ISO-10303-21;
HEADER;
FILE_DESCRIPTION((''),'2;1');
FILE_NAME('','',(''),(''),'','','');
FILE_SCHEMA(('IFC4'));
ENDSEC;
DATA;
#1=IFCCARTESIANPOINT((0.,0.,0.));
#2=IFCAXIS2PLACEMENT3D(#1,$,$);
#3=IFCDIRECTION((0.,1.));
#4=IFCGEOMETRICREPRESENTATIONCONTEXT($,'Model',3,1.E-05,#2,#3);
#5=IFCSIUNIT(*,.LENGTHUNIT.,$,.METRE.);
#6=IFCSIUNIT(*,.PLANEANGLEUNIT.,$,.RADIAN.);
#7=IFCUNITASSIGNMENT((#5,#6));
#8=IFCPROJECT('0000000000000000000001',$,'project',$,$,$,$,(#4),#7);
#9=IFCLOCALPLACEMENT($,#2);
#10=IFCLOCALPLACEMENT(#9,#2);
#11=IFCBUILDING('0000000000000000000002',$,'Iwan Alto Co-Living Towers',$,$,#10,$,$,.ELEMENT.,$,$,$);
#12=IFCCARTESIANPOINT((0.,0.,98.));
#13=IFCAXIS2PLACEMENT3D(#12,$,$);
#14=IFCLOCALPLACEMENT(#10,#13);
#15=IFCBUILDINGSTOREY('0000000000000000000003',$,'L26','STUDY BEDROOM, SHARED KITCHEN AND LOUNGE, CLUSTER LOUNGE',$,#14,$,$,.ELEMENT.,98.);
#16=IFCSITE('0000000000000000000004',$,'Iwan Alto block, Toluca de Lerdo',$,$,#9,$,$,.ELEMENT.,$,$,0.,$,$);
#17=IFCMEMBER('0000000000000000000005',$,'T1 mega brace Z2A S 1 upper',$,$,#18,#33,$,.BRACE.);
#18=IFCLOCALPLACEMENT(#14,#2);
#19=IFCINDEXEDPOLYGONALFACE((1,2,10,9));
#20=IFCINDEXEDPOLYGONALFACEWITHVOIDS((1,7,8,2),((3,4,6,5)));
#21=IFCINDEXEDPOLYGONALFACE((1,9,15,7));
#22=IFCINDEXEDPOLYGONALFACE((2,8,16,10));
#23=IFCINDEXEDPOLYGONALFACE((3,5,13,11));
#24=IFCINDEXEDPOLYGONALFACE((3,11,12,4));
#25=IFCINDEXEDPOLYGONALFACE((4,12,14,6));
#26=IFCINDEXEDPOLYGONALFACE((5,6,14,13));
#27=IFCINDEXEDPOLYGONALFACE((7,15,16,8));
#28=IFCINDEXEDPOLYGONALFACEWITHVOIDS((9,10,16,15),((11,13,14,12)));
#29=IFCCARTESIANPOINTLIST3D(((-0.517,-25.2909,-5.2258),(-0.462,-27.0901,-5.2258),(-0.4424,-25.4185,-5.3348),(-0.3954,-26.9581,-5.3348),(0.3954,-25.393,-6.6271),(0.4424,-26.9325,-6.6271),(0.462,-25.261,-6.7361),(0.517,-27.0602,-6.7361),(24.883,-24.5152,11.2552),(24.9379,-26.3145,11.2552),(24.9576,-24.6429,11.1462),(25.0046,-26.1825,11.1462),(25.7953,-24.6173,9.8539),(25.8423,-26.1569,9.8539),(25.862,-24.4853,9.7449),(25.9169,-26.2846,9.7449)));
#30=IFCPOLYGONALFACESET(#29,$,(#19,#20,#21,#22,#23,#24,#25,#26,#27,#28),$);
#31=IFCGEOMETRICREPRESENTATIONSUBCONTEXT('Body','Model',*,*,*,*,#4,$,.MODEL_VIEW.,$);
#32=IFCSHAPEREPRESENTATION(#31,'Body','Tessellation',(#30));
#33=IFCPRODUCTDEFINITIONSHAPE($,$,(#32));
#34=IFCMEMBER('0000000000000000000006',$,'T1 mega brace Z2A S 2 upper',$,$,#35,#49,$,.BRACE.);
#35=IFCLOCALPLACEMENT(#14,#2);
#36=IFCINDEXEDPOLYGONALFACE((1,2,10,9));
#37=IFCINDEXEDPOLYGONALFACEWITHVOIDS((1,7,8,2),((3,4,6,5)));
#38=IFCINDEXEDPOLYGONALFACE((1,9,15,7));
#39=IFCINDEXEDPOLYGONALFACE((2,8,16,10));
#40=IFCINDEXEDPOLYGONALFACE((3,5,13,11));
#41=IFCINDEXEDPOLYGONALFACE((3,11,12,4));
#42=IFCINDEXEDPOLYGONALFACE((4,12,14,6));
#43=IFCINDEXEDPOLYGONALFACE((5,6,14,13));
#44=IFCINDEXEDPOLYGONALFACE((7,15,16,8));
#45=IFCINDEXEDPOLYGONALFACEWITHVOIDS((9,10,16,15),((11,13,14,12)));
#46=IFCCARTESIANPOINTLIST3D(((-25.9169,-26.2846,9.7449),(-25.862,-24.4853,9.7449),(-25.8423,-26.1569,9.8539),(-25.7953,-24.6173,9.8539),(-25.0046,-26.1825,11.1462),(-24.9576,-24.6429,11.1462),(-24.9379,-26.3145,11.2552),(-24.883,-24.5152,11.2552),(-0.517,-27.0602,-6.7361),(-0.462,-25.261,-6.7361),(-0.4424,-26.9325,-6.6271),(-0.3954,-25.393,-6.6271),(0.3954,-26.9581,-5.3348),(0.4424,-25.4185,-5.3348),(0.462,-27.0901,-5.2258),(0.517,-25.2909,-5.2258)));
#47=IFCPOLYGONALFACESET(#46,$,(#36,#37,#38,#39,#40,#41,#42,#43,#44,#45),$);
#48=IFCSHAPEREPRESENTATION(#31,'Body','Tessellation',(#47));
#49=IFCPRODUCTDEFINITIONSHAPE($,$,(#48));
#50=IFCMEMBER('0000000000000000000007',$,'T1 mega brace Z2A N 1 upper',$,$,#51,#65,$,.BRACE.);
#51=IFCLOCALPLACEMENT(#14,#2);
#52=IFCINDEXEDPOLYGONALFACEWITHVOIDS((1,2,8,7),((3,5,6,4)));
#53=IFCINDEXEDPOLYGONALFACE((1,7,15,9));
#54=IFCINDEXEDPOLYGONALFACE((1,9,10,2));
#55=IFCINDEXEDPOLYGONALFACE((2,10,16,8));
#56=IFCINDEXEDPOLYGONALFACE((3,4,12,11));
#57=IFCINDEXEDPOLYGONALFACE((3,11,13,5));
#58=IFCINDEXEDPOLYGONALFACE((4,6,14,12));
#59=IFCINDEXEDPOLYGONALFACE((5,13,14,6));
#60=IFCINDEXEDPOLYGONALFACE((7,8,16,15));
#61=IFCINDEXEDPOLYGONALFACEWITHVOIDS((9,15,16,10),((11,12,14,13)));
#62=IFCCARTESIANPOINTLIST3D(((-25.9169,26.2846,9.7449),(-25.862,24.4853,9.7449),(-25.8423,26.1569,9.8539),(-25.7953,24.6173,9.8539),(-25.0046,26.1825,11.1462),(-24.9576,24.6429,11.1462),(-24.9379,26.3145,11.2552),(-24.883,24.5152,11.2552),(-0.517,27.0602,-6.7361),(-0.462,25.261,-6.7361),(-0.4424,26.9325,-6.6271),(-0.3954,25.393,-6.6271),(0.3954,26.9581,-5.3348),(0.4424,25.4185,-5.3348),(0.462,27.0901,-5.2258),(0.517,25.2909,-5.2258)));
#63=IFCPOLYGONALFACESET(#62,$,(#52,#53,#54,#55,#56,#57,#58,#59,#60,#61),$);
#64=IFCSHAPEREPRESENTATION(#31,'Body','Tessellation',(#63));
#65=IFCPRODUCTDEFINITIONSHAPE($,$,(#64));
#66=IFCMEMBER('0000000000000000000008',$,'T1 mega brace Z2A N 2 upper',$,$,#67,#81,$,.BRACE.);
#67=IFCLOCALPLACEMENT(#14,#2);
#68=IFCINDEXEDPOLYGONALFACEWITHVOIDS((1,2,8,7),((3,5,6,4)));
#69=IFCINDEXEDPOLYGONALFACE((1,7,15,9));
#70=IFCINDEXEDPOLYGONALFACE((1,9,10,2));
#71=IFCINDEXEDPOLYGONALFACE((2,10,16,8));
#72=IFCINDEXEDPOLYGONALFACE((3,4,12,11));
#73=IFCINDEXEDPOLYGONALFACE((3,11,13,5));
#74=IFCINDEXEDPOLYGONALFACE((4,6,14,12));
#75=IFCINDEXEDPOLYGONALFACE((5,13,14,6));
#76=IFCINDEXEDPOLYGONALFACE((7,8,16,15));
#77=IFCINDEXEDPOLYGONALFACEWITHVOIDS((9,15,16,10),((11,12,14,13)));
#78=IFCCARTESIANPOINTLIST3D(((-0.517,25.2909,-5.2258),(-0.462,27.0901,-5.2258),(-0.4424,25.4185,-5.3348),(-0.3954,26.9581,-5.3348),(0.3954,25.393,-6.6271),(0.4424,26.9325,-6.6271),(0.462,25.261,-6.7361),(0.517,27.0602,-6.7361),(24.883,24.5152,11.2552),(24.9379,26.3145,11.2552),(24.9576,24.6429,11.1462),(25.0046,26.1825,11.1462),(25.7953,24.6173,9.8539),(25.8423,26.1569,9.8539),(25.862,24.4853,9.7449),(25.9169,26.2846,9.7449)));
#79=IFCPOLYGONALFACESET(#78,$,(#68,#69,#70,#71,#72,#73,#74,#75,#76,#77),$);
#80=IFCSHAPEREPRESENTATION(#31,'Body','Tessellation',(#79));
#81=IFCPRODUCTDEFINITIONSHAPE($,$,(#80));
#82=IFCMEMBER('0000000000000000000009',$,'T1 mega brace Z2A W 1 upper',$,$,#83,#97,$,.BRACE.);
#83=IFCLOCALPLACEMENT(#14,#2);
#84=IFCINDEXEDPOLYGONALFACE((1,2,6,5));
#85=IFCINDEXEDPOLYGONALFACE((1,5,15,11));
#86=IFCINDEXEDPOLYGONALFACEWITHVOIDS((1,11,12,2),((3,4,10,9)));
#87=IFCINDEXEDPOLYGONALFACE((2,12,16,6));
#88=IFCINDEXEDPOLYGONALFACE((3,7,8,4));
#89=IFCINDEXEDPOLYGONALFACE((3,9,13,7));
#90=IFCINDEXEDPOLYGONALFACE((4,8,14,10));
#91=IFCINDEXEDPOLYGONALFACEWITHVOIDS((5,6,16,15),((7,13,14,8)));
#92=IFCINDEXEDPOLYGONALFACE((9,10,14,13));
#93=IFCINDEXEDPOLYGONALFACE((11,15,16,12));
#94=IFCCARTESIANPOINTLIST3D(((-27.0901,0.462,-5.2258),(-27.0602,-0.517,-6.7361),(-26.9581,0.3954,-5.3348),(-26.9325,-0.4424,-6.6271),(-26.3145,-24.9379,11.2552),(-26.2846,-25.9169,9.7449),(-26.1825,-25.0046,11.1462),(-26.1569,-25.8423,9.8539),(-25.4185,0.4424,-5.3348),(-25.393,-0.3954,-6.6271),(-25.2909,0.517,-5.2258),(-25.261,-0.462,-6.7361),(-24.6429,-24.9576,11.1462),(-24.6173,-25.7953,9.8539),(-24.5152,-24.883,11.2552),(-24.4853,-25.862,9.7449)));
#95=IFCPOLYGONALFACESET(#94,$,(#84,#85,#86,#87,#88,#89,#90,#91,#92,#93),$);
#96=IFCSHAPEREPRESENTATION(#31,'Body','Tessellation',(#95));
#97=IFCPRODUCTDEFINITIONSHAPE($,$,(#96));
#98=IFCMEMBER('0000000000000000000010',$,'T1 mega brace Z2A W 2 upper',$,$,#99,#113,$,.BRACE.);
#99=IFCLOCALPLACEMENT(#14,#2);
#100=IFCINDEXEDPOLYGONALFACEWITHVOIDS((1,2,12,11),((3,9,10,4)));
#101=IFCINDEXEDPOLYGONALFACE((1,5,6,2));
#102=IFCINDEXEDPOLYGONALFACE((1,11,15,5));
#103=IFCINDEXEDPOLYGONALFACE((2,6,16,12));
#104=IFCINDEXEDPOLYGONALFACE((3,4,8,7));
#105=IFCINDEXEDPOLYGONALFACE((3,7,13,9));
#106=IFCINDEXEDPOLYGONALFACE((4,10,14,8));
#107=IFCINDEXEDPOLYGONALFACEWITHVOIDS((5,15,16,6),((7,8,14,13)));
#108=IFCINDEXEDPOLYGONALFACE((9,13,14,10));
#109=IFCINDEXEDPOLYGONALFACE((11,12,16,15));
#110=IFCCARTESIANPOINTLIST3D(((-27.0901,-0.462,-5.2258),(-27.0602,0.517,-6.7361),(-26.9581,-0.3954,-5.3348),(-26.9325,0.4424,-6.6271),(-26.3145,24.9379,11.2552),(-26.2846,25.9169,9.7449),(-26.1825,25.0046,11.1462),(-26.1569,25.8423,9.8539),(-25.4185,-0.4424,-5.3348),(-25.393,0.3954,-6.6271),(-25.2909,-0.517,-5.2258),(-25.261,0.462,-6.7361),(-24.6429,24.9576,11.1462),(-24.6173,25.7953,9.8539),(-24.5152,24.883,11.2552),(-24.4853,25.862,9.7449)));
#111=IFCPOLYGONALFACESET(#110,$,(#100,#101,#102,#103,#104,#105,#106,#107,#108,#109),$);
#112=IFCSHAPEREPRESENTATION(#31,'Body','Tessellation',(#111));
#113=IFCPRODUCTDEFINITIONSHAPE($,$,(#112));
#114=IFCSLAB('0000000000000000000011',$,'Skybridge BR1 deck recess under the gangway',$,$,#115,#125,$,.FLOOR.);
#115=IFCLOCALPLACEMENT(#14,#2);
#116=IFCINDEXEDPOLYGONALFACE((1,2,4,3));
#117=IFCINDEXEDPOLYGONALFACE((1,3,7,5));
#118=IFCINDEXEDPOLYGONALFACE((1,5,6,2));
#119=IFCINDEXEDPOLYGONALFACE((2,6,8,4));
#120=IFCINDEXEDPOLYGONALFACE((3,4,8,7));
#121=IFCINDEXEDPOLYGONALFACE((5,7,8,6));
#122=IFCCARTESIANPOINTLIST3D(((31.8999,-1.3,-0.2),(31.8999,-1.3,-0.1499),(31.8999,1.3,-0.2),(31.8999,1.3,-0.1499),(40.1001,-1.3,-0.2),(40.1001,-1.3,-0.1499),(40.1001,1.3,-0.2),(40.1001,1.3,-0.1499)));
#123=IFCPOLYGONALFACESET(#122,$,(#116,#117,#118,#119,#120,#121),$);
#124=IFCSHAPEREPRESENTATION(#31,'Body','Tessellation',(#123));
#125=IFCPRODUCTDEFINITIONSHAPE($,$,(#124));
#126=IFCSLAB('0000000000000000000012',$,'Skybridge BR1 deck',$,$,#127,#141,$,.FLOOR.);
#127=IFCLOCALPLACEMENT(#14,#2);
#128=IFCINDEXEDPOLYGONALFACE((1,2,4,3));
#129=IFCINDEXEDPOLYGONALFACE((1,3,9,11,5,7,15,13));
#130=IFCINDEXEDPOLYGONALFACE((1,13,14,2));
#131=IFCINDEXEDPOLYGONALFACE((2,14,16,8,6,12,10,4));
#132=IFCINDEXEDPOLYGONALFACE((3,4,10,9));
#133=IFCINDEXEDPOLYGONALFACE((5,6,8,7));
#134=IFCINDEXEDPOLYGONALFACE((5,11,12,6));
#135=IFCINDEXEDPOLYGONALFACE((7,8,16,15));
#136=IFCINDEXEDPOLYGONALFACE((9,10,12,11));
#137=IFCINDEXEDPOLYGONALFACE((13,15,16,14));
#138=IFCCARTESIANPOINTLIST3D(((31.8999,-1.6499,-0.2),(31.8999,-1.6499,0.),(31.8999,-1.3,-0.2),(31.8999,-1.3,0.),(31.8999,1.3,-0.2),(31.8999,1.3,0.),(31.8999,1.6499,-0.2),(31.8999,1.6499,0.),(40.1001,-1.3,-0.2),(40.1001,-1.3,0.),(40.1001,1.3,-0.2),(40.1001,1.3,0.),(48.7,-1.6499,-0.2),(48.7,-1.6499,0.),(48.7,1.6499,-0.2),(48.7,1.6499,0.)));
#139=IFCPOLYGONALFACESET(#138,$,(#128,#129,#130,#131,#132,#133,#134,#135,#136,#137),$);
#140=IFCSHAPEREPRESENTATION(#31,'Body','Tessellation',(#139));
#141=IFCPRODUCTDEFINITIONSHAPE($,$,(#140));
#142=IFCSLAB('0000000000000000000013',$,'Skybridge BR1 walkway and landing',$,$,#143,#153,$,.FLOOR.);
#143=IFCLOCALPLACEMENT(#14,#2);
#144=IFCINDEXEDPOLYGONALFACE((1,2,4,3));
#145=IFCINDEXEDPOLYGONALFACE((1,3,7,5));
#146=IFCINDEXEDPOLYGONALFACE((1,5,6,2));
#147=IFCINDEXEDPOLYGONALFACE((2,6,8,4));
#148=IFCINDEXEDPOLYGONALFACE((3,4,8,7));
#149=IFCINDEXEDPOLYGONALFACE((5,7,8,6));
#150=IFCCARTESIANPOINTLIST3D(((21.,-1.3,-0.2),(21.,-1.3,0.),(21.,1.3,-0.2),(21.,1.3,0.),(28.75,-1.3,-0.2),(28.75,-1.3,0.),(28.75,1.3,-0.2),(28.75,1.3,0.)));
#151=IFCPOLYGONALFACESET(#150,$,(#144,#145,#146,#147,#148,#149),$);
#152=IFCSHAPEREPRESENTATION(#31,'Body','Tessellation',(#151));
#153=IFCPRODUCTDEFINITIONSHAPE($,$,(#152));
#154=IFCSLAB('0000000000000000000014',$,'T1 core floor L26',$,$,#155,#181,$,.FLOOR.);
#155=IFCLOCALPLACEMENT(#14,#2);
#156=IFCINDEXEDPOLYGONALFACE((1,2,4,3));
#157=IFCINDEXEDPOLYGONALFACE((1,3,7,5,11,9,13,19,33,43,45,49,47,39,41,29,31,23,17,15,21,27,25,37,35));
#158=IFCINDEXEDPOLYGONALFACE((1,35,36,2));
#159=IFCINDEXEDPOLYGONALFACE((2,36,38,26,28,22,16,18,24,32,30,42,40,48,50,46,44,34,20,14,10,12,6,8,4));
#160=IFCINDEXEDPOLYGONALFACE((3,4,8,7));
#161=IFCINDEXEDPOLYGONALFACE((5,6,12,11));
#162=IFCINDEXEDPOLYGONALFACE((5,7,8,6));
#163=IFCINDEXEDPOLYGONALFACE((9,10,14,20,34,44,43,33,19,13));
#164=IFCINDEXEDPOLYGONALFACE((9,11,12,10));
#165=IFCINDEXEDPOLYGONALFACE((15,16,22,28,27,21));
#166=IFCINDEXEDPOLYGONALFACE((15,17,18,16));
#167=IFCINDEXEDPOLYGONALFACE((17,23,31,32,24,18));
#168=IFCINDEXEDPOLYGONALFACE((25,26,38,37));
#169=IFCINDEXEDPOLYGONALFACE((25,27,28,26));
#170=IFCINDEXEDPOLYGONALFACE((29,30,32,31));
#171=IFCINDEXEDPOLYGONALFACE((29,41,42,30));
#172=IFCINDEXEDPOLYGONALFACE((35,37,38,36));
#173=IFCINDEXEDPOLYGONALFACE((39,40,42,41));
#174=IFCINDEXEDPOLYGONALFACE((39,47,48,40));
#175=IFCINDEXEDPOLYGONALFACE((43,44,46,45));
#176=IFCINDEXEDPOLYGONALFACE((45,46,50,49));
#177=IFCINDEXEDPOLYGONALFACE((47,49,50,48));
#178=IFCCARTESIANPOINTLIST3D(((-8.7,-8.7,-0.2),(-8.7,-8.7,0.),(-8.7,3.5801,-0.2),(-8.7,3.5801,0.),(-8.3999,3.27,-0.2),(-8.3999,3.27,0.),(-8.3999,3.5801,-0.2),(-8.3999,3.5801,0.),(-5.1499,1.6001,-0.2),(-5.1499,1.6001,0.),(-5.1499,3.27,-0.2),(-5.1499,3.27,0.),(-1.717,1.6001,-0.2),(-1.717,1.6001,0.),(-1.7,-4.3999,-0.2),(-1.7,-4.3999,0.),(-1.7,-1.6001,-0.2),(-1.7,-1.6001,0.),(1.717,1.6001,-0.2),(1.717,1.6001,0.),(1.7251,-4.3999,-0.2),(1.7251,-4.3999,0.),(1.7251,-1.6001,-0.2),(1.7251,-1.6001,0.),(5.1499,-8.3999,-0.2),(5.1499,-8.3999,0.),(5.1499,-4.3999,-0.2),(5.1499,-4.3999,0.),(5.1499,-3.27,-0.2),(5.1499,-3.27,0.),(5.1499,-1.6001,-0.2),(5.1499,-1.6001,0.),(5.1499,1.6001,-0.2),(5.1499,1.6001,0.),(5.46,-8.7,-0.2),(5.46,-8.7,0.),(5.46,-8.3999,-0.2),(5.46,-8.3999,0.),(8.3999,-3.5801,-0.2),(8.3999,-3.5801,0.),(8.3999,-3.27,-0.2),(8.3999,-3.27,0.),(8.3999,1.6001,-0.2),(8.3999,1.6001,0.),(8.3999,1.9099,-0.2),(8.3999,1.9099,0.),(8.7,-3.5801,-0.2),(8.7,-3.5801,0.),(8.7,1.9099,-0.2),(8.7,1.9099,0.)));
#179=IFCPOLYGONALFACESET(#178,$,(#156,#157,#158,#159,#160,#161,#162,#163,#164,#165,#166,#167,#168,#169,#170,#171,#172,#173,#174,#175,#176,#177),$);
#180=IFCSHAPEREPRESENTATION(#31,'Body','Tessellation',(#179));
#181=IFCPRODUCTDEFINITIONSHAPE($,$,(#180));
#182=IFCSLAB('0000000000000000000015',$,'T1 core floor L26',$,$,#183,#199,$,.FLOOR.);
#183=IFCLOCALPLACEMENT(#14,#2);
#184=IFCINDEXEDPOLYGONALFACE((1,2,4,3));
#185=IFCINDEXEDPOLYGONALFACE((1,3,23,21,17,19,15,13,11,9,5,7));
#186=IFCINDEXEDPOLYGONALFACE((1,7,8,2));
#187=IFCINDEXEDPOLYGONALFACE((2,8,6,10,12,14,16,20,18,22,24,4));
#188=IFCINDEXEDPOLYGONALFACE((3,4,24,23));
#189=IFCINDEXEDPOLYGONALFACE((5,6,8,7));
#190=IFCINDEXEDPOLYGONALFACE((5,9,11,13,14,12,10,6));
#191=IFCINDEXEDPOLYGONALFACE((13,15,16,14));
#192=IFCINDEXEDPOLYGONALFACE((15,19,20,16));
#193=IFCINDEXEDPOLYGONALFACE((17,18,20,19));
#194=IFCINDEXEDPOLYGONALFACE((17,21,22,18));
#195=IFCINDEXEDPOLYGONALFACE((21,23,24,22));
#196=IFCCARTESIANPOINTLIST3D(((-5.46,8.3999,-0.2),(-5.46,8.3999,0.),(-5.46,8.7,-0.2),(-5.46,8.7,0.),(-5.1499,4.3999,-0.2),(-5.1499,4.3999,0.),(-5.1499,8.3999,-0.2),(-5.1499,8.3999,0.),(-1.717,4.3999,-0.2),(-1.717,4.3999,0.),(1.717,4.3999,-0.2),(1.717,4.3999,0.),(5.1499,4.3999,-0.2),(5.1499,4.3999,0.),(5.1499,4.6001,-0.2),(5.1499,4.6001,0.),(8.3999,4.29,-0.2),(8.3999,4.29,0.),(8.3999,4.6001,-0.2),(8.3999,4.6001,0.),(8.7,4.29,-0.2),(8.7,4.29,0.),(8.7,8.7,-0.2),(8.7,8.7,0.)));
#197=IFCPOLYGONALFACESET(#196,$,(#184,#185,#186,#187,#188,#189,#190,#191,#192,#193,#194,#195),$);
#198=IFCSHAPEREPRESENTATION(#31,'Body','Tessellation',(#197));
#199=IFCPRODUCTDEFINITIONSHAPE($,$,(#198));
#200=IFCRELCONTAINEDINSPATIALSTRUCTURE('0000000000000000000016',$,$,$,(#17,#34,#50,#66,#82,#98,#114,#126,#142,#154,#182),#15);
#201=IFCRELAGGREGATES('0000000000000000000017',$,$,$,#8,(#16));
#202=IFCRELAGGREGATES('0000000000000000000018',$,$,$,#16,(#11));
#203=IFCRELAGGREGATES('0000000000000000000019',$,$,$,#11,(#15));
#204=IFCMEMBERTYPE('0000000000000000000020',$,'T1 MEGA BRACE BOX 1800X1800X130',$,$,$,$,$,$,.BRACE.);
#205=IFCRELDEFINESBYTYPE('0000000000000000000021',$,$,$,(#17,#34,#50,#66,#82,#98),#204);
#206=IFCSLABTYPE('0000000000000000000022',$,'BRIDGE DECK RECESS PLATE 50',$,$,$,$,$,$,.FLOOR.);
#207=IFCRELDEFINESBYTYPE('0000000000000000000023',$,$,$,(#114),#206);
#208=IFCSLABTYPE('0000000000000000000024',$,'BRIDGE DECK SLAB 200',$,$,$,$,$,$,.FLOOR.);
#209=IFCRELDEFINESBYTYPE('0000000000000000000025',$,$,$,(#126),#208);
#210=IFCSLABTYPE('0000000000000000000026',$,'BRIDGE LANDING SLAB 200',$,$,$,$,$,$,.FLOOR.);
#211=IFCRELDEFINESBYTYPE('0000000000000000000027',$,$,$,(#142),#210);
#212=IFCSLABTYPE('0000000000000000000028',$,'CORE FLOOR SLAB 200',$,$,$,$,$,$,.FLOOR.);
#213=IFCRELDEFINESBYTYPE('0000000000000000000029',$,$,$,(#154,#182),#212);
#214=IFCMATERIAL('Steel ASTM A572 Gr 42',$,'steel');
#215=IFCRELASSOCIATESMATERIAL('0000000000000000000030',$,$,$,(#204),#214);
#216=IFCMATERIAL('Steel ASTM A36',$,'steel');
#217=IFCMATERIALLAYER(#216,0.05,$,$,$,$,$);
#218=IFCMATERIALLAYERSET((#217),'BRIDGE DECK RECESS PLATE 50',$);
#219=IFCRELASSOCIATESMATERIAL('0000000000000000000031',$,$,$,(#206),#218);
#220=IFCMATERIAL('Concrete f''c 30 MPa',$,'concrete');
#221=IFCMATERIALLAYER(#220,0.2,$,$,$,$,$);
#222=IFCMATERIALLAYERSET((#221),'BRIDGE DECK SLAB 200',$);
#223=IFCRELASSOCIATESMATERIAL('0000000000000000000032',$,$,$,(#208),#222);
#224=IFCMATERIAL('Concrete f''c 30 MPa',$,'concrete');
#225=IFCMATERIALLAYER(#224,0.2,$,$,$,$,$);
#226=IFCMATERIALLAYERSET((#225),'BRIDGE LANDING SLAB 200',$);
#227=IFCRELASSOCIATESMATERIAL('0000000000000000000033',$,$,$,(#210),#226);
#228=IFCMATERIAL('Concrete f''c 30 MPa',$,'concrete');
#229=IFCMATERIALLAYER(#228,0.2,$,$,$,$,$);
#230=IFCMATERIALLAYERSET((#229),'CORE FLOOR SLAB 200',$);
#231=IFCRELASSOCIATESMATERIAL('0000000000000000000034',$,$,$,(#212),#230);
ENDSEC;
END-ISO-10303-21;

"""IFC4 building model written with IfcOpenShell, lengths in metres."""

from ifc_helpers import new_model, si_unit, direction, frame, origin, origin_2d, place, context, subcontext, project, spatial, polyline, hollow_rectangle, outline, extrude, material, layer, layer_set, material_profile, profile_set, type_object, element, save


model = new_model("IFC4")

# Units and contexts
model_context = context("Model", 3, precision=1e-05, world=origin(), true_north=direction((0.0, 1.0)))
body_context = subcontext(model_context, "Body", "Model", "MODEL_VIEW")
ifc_project = project(units=[si_unit("LENGTHUNIT", "METRE"), si_unit("PLANEANGLEUNIT", "RADIAN")], contexts=[model_context])

# Site, building, storey
site_placement = place(None, origin())
site = spatial("IfcSite", under=ifc_project, at=site_placement, Name="Iwan Alto block, Toluca de Lerdo", CompositionType="ELEMENT", RefElevation=0.0)
building_placement = place(site_placement, origin())
building = spatial("IfcBuilding", under=site, at=building_placement, Name="Iwan Alto Co-Living Towers", CompositionType="ELEMENT")
storey_placement = place(building_placement, frame((0.0, 0.0, 98.0)))
storey = spatial("IfcBuildingStorey", under=building, at=storey_placement, Name="L26", Description="STUDY BEDROOM, SHARED KITCHEN AND LOUNGE, CLUSTER LOUNGE", CompositionType="ELEMENT", Elevation=98.0)

# Members
ifc_material_1 = material(Name="Steel ASTM A572 Gr 42", Category="steel")
ifc_material_profile = material_profile(ifc_material_1, hollow_rectangle(XDim=1.8, YDim=1.8, WallThickness=0.1299, at=origin_2d()), Name="BOX 1800X1800X130")
ifc_profile_set = profile_set([ifc_material_profile], Name="Steel ASTM A572 Gr 42")
member_type = type_object("IfcMemberType", Name="T1 MEGA BRACE BOX 1800X1800X130", PredefinedType="BRACE", material=ifc_profile_set)
for number, where, z_axis, x_axis, name in (
    (1, (0.0, -26.1755, -5.981), (0.838606, 0.025608, 0.544137), (-0.030523, 0.999534, 0.0), "T1 mega brace Z2A S 1 upper"),
    (2, (0.0, -26.1755, -5.981), (-0.838606, 0.025608, 0.544137), (-0.030523, -0.999534, 0.0), "T1 mega brace Z2A S 2 upper"),
    (3, (0.0, 26.1755, -5.981), (-0.838606, -0.025608, 0.544137), (0.030523, -0.999534, 0.0), "T1 mega brace Z2A N 1 upper"),
    (4, (0.0, 26.1755, -5.981), (0.838606, -0.025608, 0.544137), (0.030523, 0.999534, 0.0), "T1 mega brace Z2A N 2 upper"),
    (5, (-26.1755, 0.0, -5.981), (0.025608, -0.838606, 0.544137), (0.999534, 0.030523, 0.0), "T1 mega brace Z2A W 1 upper"),
    (6, (-26.1755, 0.0, -5.981), (0.025608, 0.838606, 0.544137), (-0.999534, 0.030523, 0.0), "T1 mega brace Z2A W 2 upper"),
):
    element("IfcMember", number, at=place(storey_placement, frame(where, z_axis=z_axis, x_axis=x_axis)), inside=storey, type_object=member_type, Name=name, PredefinedType="BRACE", context=body_context, shape_type="SweptSolid", body=[
        extrude(hollow_rectangle(XDim=1.8, YDim=1.8, WallThickness=0.1299, at=origin_2d()), origin(), (0.0, 0.0, 1.0), 30.2883),
    ])

# Slabs
ifc_material_2 = material(Name="Steel ASTM A36", Category="steel")
ifc_layer_1 = layer(ifc_material_2, 0.05)
ifc_layer_set_1 = layer_set([ifc_layer_1], Name="BRIDGE DECK RECESS PLATE 50")
slab_type_1 = type_object("IfcSlabType", Name="BRIDGE DECK RECESS PLATE 50", PredefinedType="FLOOR", material=ifc_layer_set_1)
slab_1_placement = place(storey_placement, frame((0.0, 0.0, -0.2)))
element("IfcSlab", 7, at=slab_1_placement, inside=storey, type_object=slab_type_1, Name="Skybridge BR1 deck recess under the gangway", PredefinedType="FLOOR", context=body_context, shape_type="SweptSolid", body=[
    extrude(outline(polyline([(31.8999, -1.3), (40.1001, -1.3), (40.1001, 1.3), (31.8999, 1.3), (31.8999, -1.3)])), origin(), (0.0, 0.0, 1.0), 0.05),
])
ifc_material_3 = material(Name="Concrete f'c 30 MPa", Category="concrete")
ifc_layer_2 = layer(ifc_material_3, 0.2)
ifc_layer_set_2 = layer_set([ifc_layer_2], Name="BRIDGE DECK SLAB 200")
slab_type_2 = type_object("IfcSlabType", Name="BRIDGE DECK SLAB 200", PredefinedType="FLOOR", material=ifc_layer_set_2)
slab_2_placement = place(storey_placement, frame((0.0, 0.0, -0.2)))
element("IfcSlab", 8, at=slab_2_placement, inside=storey, type_object=slab_type_2, Name="Skybridge BR1 deck", PredefinedType="FLOOR", context=body_context, shape_type="SweptSolid", body=[
    extrude(outline(polyline([(31.8999, -1.6499), (48.7, -1.6499), (48.7, 1.6499), (31.8999, 1.6499), (31.8999, 1.3), (40.1001, 1.3), (40.1001, -1.3), (31.8999, -1.3), (31.8999, -1.6499)])), origin(), (0.0, 0.0, 1.0), 0.2),
])
ifc_material_4 = material(Name="Concrete f'c 30 MPa", Category="concrete")
ifc_layer_3 = layer(ifc_material_4, 0.2)
ifc_layer_set_3 = layer_set([ifc_layer_3], Name="BRIDGE LANDING SLAB 200")
slab_type_3 = type_object("IfcSlabType", Name="BRIDGE LANDING SLAB 200", PredefinedType="FLOOR", material=ifc_layer_set_3)
slab_3_placement = place(storey_placement, frame((0.0, 0.0, -0.2)))
element("IfcSlab", 9, at=slab_3_placement, inside=storey, type_object=slab_type_3, Name="Skybridge BR1 walkway and landing", PredefinedType="FLOOR", context=body_context, shape_type="SweptSolid", body=[
    extrude(outline(polyline([(21.0, -1.3), (28.75, -1.3), (28.75, 1.3), (21.0, 1.3), (21.0, -1.3)])), origin(), (0.0, 0.0, 1.0), 0.2),
])
ifc_material_5 = material(Name="Concrete f'c 30 MPa", Category="concrete")
ifc_layer_4 = layer(ifc_material_5, 0.2)
ifc_layer_set_4 = layer_set([ifc_layer_4], Name="CORE FLOOR SLAB 200")
slab_type_4 = type_object("IfcSlabType", Name="CORE FLOOR SLAB 200", PredefinedType="FLOOR", material=ifc_layer_set_4)
slab_4_placement = place(storey_placement, frame((0.0, 0.0, -0.2)))
element("IfcSlab", 10, at=slab_4_placement, inside=storey, type_object=slab_type_4, Name="T1 core floor L26", PredefinedType="FLOOR", context=body_context, shape_type="SweptSolid", body=[
    extrude(outline(polyline([(5.1499, -1.6001), (1.7251, -1.6001), (-1.7, -1.6001), (-1.7, -4.3999), (1.7251, -4.3999), (5.1499, -4.3999), (5.1499, -8.3999), (5.46, -8.3999), (5.46, -8.7), (-8.7, -8.7), (-8.7, 3.5801), (-8.3999, 3.5801), (-8.3999, 3.27), (-5.1499, 3.27), (-5.1499, 1.6001), (-1.717, 1.6001), (1.717, 1.6001), (5.1499, 1.6001), (8.3999, 1.6001), (8.3999, 1.9099), (8.7, 1.9099), (8.7, -3.5801), (8.3999, -3.5801), (8.3999, -3.27), (5.1499, -3.27), (5.1499, -1.6001)])), origin(), (0.0, 0.0, 1.0), 0.2),
])
slab_5_placement = place(storey_placement, frame((0.0, 0.0, -0.2)))
element("IfcSlab", 11, at=slab_5_placement, inside=storey, type_object=slab_type_4, Name="T1 core floor L26", PredefinedType="FLOOR", context=body_context, shape_type="SweptSolid", body=[
    extrude(outline(polyline([(1.717, 4.3999), (-1.717, 4.3999), (-5.1499, 4.3999), (-5.1499, 8.3999), (-5.46, 8.3999), (-5.46, 8.7), (8.7, 8.7), (8.7, 4.29), (8.3999, 4.29), (8.3999, 4.6001), (5.1499, 4.6001), (5.1499, 4.3999), (1.717, 4.3999)])), origin(), (0.0, 0.0, 1.0), 0.2),
])

save(model, "model.ifc")
